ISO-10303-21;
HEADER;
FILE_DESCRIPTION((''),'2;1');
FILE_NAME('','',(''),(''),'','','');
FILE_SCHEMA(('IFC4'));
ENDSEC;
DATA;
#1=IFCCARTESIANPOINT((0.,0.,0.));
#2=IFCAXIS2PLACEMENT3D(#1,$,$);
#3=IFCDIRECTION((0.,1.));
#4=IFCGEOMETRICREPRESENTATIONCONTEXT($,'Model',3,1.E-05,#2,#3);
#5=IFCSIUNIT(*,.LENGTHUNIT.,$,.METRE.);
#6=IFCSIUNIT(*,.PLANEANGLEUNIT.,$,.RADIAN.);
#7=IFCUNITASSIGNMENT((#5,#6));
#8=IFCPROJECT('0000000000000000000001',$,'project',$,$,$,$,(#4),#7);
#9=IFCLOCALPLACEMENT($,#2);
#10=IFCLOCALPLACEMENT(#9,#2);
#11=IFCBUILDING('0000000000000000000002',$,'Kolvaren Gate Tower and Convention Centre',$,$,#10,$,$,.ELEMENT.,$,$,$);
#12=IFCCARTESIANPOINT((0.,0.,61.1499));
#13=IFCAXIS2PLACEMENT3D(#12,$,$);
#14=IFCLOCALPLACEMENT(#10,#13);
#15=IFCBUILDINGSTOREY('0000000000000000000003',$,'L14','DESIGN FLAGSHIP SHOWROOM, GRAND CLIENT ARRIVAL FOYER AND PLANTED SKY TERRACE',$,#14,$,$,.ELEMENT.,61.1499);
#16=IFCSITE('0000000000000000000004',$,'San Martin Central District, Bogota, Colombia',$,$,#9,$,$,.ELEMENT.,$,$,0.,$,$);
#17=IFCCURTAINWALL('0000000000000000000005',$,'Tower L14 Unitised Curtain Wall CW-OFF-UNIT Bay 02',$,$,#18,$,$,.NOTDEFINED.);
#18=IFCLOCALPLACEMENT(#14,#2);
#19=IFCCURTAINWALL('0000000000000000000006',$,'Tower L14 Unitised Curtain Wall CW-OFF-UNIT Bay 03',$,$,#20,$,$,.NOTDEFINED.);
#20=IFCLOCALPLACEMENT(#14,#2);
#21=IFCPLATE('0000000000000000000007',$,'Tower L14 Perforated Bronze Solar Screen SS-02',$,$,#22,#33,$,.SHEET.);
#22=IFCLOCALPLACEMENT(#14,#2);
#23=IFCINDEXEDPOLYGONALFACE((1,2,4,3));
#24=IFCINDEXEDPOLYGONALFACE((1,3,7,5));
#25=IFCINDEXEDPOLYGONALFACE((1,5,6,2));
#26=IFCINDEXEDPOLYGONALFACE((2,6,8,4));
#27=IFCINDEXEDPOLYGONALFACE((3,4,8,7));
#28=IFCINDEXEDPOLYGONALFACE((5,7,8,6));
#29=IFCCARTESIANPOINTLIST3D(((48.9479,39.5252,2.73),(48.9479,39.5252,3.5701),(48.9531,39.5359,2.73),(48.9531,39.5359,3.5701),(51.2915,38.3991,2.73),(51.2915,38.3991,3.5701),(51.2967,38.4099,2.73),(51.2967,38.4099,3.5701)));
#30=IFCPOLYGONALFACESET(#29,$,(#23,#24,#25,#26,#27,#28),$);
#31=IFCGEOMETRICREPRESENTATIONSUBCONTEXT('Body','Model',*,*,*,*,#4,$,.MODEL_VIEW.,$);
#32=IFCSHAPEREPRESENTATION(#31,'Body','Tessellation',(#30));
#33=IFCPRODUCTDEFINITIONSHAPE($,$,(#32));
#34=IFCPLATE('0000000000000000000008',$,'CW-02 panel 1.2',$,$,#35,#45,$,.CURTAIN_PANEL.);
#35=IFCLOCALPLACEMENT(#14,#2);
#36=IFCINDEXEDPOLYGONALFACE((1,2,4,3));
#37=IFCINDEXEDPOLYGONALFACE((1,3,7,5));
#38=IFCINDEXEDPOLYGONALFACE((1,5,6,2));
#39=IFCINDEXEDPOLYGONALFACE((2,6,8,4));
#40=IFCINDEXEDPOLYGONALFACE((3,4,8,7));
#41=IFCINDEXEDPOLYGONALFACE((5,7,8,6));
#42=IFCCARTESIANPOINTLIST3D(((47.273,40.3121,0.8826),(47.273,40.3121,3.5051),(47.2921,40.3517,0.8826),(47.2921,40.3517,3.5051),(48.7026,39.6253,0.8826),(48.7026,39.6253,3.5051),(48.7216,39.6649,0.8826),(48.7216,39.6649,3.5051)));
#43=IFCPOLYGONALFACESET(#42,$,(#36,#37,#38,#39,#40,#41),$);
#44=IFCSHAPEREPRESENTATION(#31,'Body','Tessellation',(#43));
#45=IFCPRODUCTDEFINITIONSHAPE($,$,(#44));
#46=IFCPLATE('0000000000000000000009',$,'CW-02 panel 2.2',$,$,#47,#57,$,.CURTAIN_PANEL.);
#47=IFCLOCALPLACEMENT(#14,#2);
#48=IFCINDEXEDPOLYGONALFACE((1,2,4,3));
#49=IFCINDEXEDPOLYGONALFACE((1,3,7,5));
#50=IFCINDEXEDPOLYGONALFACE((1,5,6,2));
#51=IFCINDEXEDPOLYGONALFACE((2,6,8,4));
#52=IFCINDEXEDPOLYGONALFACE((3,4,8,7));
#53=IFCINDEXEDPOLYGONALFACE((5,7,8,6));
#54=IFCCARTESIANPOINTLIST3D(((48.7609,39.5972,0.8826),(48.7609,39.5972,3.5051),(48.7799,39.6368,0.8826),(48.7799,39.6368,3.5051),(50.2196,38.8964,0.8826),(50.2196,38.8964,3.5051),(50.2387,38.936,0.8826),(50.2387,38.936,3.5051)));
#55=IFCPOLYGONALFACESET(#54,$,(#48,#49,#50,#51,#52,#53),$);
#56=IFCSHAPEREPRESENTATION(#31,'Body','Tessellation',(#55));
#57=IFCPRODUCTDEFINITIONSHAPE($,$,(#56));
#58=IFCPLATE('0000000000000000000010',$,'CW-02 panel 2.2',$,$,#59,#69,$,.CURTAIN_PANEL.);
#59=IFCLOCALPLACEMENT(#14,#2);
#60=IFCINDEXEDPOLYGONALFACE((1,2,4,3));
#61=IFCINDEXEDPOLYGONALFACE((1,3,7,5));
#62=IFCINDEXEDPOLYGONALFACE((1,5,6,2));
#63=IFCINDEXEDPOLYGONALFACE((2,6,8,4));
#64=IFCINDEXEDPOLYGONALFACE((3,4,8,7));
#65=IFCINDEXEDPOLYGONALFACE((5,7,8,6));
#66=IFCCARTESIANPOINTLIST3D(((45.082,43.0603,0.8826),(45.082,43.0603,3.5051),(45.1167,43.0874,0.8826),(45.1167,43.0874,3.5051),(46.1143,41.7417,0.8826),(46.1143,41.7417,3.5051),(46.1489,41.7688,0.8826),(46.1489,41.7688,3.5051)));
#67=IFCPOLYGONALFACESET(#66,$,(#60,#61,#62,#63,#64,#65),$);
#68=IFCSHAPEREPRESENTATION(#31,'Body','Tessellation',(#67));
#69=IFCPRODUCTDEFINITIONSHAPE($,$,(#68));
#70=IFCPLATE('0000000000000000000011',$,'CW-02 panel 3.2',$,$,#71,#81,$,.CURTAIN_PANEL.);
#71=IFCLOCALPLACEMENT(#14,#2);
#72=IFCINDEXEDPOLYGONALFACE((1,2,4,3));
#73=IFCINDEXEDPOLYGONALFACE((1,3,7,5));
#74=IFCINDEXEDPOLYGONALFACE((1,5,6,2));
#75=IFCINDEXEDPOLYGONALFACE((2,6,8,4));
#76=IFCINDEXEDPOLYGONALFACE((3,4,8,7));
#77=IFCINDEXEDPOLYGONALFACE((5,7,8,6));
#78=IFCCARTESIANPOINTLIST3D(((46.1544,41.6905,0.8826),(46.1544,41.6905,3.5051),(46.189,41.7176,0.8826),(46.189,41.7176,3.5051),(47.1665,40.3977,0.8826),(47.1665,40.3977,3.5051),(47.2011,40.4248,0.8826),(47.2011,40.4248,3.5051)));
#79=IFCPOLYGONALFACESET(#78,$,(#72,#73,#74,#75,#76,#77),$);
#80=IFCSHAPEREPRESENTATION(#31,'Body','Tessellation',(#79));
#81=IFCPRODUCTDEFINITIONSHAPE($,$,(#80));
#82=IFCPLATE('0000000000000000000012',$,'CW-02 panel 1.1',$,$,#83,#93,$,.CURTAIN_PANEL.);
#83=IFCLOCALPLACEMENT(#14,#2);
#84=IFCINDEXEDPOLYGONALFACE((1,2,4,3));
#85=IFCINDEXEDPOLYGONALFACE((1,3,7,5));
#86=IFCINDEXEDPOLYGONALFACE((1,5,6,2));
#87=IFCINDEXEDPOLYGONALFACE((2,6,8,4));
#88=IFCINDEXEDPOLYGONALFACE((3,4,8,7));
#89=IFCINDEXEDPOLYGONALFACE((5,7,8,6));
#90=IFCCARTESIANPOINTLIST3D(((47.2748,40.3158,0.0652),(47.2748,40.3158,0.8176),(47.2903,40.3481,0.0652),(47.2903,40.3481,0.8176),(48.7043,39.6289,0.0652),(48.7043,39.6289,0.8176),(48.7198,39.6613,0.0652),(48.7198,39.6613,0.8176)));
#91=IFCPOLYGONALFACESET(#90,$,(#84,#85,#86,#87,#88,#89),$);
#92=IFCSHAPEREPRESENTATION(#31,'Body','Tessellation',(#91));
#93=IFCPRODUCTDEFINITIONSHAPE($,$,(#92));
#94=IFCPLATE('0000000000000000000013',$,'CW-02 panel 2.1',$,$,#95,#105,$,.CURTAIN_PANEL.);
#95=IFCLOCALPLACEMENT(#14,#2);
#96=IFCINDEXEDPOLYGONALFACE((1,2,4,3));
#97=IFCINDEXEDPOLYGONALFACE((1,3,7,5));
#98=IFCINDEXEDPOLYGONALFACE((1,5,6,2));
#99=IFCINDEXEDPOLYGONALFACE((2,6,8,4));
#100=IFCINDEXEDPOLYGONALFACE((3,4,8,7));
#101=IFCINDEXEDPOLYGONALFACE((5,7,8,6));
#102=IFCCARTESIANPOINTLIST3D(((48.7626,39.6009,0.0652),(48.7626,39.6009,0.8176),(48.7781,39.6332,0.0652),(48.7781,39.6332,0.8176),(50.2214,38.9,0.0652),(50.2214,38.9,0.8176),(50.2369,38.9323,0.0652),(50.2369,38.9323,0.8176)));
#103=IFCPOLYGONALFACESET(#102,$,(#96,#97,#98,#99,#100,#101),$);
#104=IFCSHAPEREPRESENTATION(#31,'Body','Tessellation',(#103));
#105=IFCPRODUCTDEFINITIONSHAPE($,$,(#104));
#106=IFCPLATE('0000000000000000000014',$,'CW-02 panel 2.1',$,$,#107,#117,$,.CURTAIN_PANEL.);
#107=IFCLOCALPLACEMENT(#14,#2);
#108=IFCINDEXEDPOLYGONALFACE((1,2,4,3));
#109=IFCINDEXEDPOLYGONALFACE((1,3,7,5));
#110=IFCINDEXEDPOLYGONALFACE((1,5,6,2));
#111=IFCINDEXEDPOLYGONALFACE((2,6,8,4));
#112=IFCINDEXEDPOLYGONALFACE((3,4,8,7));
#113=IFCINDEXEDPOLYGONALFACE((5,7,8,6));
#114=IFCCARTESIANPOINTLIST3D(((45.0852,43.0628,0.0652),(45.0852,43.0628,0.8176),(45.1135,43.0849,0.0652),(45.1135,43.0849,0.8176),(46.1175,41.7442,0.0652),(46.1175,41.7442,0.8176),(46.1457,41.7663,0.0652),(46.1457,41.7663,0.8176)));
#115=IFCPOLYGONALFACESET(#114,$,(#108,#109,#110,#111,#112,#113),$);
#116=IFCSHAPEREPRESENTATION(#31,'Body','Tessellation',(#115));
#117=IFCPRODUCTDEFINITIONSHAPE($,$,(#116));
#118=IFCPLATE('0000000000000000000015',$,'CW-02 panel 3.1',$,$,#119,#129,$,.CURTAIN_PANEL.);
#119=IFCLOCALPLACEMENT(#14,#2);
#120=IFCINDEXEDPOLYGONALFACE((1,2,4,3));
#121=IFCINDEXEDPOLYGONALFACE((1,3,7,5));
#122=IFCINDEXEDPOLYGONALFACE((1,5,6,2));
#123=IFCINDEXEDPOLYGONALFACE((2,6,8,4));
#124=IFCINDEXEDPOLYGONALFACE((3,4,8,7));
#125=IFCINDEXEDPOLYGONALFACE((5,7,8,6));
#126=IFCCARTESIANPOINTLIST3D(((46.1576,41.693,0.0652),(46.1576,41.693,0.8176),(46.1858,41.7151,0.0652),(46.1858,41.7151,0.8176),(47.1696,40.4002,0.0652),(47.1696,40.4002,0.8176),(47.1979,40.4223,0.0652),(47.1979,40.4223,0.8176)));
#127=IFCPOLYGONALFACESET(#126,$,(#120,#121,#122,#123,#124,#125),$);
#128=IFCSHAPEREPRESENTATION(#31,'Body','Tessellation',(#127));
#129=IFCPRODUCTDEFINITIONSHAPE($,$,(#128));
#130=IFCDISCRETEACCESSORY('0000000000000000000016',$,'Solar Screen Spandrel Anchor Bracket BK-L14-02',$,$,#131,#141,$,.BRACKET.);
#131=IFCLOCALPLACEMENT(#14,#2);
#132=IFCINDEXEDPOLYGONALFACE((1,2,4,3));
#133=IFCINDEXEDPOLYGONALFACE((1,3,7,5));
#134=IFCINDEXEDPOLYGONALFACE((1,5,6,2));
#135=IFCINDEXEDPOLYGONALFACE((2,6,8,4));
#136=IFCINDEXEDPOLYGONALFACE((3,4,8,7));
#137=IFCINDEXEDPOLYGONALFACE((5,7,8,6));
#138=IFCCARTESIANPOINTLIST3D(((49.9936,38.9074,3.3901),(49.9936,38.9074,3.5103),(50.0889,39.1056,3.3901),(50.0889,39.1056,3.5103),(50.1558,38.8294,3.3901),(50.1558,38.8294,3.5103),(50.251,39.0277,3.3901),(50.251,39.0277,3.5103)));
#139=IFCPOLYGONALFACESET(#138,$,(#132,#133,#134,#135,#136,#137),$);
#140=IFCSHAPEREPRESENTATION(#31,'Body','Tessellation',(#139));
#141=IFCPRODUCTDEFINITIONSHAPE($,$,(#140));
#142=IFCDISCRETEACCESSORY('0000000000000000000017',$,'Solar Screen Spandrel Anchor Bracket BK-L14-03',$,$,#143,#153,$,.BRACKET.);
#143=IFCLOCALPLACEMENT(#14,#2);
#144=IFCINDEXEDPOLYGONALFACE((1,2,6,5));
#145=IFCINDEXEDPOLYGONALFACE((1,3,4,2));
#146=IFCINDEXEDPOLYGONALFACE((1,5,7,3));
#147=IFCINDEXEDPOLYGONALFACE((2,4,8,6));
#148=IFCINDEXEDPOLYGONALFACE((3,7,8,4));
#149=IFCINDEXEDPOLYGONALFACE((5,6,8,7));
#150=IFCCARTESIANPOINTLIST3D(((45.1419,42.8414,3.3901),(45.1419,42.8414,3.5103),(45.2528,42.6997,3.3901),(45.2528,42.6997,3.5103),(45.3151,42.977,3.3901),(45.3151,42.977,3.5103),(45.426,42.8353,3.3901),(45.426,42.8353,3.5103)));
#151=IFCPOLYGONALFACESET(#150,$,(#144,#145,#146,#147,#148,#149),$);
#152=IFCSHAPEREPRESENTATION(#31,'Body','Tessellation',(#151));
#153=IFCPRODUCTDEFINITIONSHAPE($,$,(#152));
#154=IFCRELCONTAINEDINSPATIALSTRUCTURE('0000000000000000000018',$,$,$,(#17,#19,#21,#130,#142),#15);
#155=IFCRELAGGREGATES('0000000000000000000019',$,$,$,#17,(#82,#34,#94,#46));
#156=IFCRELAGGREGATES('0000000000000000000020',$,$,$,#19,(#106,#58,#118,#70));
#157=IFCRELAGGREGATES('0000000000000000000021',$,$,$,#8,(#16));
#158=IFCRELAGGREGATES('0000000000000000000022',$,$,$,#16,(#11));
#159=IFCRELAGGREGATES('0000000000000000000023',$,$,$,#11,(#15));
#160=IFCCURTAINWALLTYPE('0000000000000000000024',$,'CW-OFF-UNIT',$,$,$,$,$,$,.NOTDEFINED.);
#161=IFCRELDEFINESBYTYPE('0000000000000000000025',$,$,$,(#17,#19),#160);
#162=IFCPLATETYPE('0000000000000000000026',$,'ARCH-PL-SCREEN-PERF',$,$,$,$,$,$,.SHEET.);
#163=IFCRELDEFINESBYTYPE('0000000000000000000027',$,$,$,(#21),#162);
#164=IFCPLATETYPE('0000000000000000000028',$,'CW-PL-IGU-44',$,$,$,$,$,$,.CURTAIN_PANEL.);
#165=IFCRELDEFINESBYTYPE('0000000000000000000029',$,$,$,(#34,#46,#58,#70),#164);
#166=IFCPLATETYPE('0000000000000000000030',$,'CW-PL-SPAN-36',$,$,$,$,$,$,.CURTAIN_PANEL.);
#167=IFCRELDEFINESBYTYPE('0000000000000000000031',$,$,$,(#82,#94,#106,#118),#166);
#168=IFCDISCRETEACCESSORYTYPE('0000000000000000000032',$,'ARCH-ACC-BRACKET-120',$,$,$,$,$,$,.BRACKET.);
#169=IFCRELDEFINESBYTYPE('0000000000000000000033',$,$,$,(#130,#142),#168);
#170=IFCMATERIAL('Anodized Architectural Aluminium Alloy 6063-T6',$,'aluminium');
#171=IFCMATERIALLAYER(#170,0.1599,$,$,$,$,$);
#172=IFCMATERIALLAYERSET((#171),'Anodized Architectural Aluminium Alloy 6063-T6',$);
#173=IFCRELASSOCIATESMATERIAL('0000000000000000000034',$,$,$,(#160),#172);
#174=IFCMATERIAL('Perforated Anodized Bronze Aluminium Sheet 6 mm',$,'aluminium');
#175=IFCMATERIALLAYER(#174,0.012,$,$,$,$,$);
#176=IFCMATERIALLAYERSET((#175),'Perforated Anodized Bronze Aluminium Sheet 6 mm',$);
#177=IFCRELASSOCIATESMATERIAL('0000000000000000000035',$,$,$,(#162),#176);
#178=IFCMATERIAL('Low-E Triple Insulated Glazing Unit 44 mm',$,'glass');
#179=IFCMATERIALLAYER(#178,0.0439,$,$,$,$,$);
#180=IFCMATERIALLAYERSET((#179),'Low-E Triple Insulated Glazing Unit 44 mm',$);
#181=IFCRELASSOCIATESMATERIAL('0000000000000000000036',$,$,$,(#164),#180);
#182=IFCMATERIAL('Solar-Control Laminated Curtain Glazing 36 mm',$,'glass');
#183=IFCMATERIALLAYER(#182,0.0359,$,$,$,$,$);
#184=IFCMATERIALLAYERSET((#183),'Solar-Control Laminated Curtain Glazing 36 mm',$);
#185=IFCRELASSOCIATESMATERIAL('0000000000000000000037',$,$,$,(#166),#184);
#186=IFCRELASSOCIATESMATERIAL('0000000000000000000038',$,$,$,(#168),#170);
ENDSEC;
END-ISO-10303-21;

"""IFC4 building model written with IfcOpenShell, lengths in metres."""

from ifc_helpers import new_model, si_unit, direction, frame, origin, origin_2d, place, context, subcontext, project, spatial, rectangle, extrude, material, layer, layer_set, type_object, element, aggregate, save


model = new_model("IFC4")

# Units and contexts
model_context = context("Model", 3, precision=1e-05, world=origin(), true_north=direction((0.0, 1.0)))
body_context = subcontext(model_context, "Body", "Model", "MODEL_VIEW")
ifc_project = project(units=[si_unit("LENGTHUNIT", "METRE"), si_unit("PLANEANGLEUNIT", "RADIAN")], contexts=[model_context])

# Site, building, storey
site_placement = place(None, origin())
site = spatial("IfcSite", under=ifc_project, at=site_placement, Name="San Martin Central District, Bogota, Colombia", CompositionType="ELEMENT", RefElevation=0.0)
building_placement = place(site_placement, origin())
building = spatial("IfcBuilding", under=site, at=building_placement, Name="Kolvaren Gate Tower and Convention Centre", CompositionType="ELEMENT")
storey_placement = place(building_placement, frame((0.0, 0.0, 61.1499)))
storey = spatial("IfcBuildingStorey", under=building, at=storey_placement, Name="L14", Description="DESIGN FLAGSHIP SHOWROOM, GRAND CLIENT ARRIVAL FOYER AND PLANTED SKY TERRACE", CompositionType="ELEMENT", Elevation=61.1499)

# Curtain walls
ifc_material_1 = material(Name="Anodized Architectural Aluminium Alloy 6063-T6", Category="aluminium")
ifc_layer_1 = layer(ifc_material_1, 0.1599)
ifc_layer_set_1 = layer_set([ifc_layer_1], Name="Anodized Architectural Aluminium Alloy 6063-T6")
curtain_wall_type = type_object("IfcCurtainWallType", Name="CW-OFF-UNIT", PredefinedType="NOTDEFINED", material=ifc_layer_set_1)
curtain_wall_1_placement = place(storey_placement, origin())
curtain_wall_1 = element("IfcCurtainWall", 1, at=curtain_wall_1_placement, inside=storey, type_object=curtain_wall_type, Name="Tower L14 Unitised Curtain Wall CW-OFF-UNIT Bay 02", PredefinedType="NOTDEFINED")
curtain_wall_2_placement = place(storey_placement, origin())
curtain_wall_2 = element("IfcCurtainWall", 2, at=curtain_wall_2_placement, inside=storey, type_object=curtain_wall_type, Name="Tower L14 Unitised Curtain Wall CW-OFF-UNIT Bay 03", PredefinedType="NOTDEFINED")

# Plates
ifc_material_2 = material(Name="Perforated Anodized Bronze Aluminium Sheet 6 mm", Category="aluminium")
ifc_layer_2 = layer(ifc_material_2, 0.012)
ifc_layer_set_2 = layer_set([ifc_layer_2], Name="Perforated Anodized Bronze Aluminium Sheet 6 mm")
plate_type_1 = type_object("IfcPlateType", Name="ARCH-PL-SCREEN-PERF", PredefinedType="SHEET", material=ifc_layer_set_2)
plate_1_placement = place(storey_placement, frame((50.1223, 38.9675, 2.73), z_axis=(0.0, 0.0, 1.0), x_axis=(0.901358, -0.433076, 0.0)))
element("IfcPlate", 3, at=plate_1_placement, inside=storey, type_object=plate_type_1, Name="Tower L14 Perforated Bronze Solar Screen SS-02", PredefinedType="SHEET", context=body_context, shape_type="SweptSolid", body=[
    extrude(rectangle(XDim=2.6001, YDim=0.012, at=origin_2d()), origin(), (0.0, 0.0, 1.0), 0.8401),
])
ifc_material_3 = material(Name="Low-E Triple Insulated Glazing Unit 44 mm", Category="glass")
ifc_layer_3 = layer(ifc_material_3, 0.0439)
ifc_layer_set_3 = layer_set([ifc_layer_3], Name="Low-E Triple Insulated Glazing Unit 44 mm")
plate_type_2 = type_object("IfcPlateType", Name="CW-PL-IGU-44", PredefinedType="CURTAIN_PANEL", material=ifc_layer_set_3)
plate_2_placement = place(storey_placement, frame((47.9973, 39.9885, 0.8826), z_axis=(0.0, 0.0, 1.0), x_axis=(0.901362, -0.433067, 0.0)))
plate_2 = element("IfcPlate", 4, at=plate_2_placement, type_object=plate_type_2, Name="CW-02 panel 1.2", PredefinedType="CURTAIN_PANEL", context=body_context, shape_type="SweptSolid", body=[
    extrude(rectangle(XDim=1.5859, YDim=0.0439, at=origin_2d()), origin(), (0.0, 0.0, 1.0), 2.6226),
])
plate_3_placement = place(storey_placement, frame((49.4998, 39.2666, 0.8826), z_axis=(0.0, 0.0, 1.0), x_axis=(0.901362, -0.433067, 0.0)))
plate_3 = element("IfcPlate", 5, at=plate_3_placement, type_object=plate_type_2, Name="CW-02 panel 2.2", PredefinedType="CURTAIN_PANEL", context=body_context, shape_type="SweptSolid", body=[
    extrude(rectangle(XDim=1.6184, YDim=0.0439, at=origin_2d()), origin(), (0.0, 0.0, 1.0), 2.6226),
])
plate_4_placement = place(storey_placement, frame((45.6155, 42.4146, 0.8826), z_axis=(0.0, 0.0, 1.0), x_axis=(0.616434, -0.787406, 0.0)))
plate_4 = element("IfcPlate", 6, at=plate_4_placement, type_object=plate_type_2, Name="CW-02 panel 2.2", PredefinedType="CURTAIN_PANEL", context=body_context, shape_type="SweptSolid", body=[
    extrude(rectangle(XDim=1.6746, YDim=0.0439, at=origin_2d()), origin(), (0.0, 0.0, 1.0), 2.6226),
])
plate_5_placement = place(storey_placement, frame((46.6777, 41.0576, 0.8826), z_axis=(0.0, 0.0, 1.0), x_axis=(0.616434, -0.787406, 0.0)))
plate_5 = element("IfcPlate", 7, at=plate_5_placement, type_object=plate_type_2, Name="CW-02 panel 3.2", PredefinedType="CURTAIN_PANEL", context=body_context, shape_type="SweptSolid", body=[
    extrude(rectangle(XDim=1.6418, YDim=0.0439, at=origin_2d()), origin(), (0.0, 0.0, 1.0), 2.6226),
])
ifc_material_4 = material(Name="Solar-Control Laminated Curtain Glazing 36 mm", Category="glass")
ifc_layer_4 = layer(ifc_material_4, 0.0359)
ifc_layer_set_4 = layer_set([ifc_layer_4], Name="Solar-Control Laminated Curtain Glazing 36 mm")
plate_type_3 = type_object("IfcPlateType", Name="CW-PL-SPAN-36", PredefinedType="CURTAIN_PANEL", material=ifc_layer_set_4)
plate_6_placement = place(storey_placement, frame((47.9973, 39.9885, 0.0652), z_axis=(0.0, 0.0, 1.0), x_axis=(0.901362, -0.433067, 0.0)))
plate_6 = element("IfcPlate", 8, at=plate_6_placement, type_object=plate_type_3, Name="CW-02 panel 1.1", PredefinedType="CURTAIN_PANEL", context=body_context, shape_type="SweptSolid", body=[
    extrude(rectangle(XDim=1.5859, YDim=0.0359, at=origin_2d()), origin(), (0.0, 0.0, 1.0), 0.7524),
])
plate_7_placement = place(storey_placement, frame((49.4998, 39.2666, 0.0652), z_axis=(0.0, 0.0, 1.0), x_axis=(0.901362, -0.433067, 0.0)))
plate_7 = element("IfcPlate", 9, at=plate_7_placement, type_object=plate_type_3, Name="CW-02 panel 2.1", PredefinedType="CURTAIN_PANEL", context=body_context, shape_type="SweptSolid", body=[
    extrude(rectangle(XDim=1.6184, YDim=0.0359, at=origin_2d()), origin(), (0.0, 0.0, 1.0), 0.7524),
])
aggregate(curtain_wall_1, [plate_6, plate_2, plate_7, plate_3])
plate_8_placement = place(storey_placement, frame((45.6155, 42.4146, 0.0652), z_axis=(0.0, 0.0, 1.0), x_axis=(0.616434, -0.787406, 0.0)))
plate_8 = element("IfcPlate", 10, at=plate_8_placement, type_object=plate_type_3, Name="CW-02 panel 2.1", PredefinedType="CURTAIN_PANEL", context=body_context, shape_type="SweptSolid", body=[
    extrude(rectangle(XDim=1.6746, YDim=0.0359, at=origin_2d()), origin(), (0.0, 0.0, 1.0), 0.7524),
])
plate_9_placement = place(storey_placement, frame((46.6777, 41.0576, 0.0652), z_axis=(0.0, 0.0, 1.0), x_axis=(0.616434, -0.787406, 0.0)))
plate_9 = element("IfcPlate", 11, at=plate_9_placement, type_object=plate_type_3, Name="CW-02 panel 3.1", PredefinedType="CURTAIN_PANEL", context=body_context, shape_type="SweptSolid", body=[
    extrude(rectangle(XDim=1.6418, YDim=0.0359, at=origin_2d()), origin(), (0.0, 0.0, 1.0), 0.7524),
])
aggregate(curtain_wall_2, [plate_8, plate_4, plate_9, plate_5])

# Discrete accessories
discrete_accessory_type = type_object("IfcDiscreteAccessoryType", Name="ARCH-ACC-BRACKET-120", PredefinedType="BRACKET", material=ifc_material_1)
for number, where, z_axis, x_axis, name in (
    (12, (50.1223, 38.9675, 3.3901), (0.0, 0.0, 1.0), (0.901358, -0.433076, 0.0), "Solar Screen Spandrel Anchor Bracket BK-L14-02"),
    (13, (45.2839, 42.8384, 3.3901), (0.0, 0.0, 1.0), (0.616431, -0.787409, 0.0), "Solar Screen Spandrel Anchor Bracket BK-L14-03"),
):
    element("IfcDiscreteAccessory", number, at=place(storey_placement, frame(where, z_axis=z_axis, x_axis=x_axis)), inside=storey, type_object=discrete_accessory_type, Name=name, PredefinedType="BRACKET", context=body_context, shape_type="SweptSolid", body=[
        extrude(rectangle(XDim=0.1799, YDim=0.22, at=origin_2d()), origin(), (0.0, 0.0, 1.0), 0.1201),
    ])

save(model, "model.ifc")
